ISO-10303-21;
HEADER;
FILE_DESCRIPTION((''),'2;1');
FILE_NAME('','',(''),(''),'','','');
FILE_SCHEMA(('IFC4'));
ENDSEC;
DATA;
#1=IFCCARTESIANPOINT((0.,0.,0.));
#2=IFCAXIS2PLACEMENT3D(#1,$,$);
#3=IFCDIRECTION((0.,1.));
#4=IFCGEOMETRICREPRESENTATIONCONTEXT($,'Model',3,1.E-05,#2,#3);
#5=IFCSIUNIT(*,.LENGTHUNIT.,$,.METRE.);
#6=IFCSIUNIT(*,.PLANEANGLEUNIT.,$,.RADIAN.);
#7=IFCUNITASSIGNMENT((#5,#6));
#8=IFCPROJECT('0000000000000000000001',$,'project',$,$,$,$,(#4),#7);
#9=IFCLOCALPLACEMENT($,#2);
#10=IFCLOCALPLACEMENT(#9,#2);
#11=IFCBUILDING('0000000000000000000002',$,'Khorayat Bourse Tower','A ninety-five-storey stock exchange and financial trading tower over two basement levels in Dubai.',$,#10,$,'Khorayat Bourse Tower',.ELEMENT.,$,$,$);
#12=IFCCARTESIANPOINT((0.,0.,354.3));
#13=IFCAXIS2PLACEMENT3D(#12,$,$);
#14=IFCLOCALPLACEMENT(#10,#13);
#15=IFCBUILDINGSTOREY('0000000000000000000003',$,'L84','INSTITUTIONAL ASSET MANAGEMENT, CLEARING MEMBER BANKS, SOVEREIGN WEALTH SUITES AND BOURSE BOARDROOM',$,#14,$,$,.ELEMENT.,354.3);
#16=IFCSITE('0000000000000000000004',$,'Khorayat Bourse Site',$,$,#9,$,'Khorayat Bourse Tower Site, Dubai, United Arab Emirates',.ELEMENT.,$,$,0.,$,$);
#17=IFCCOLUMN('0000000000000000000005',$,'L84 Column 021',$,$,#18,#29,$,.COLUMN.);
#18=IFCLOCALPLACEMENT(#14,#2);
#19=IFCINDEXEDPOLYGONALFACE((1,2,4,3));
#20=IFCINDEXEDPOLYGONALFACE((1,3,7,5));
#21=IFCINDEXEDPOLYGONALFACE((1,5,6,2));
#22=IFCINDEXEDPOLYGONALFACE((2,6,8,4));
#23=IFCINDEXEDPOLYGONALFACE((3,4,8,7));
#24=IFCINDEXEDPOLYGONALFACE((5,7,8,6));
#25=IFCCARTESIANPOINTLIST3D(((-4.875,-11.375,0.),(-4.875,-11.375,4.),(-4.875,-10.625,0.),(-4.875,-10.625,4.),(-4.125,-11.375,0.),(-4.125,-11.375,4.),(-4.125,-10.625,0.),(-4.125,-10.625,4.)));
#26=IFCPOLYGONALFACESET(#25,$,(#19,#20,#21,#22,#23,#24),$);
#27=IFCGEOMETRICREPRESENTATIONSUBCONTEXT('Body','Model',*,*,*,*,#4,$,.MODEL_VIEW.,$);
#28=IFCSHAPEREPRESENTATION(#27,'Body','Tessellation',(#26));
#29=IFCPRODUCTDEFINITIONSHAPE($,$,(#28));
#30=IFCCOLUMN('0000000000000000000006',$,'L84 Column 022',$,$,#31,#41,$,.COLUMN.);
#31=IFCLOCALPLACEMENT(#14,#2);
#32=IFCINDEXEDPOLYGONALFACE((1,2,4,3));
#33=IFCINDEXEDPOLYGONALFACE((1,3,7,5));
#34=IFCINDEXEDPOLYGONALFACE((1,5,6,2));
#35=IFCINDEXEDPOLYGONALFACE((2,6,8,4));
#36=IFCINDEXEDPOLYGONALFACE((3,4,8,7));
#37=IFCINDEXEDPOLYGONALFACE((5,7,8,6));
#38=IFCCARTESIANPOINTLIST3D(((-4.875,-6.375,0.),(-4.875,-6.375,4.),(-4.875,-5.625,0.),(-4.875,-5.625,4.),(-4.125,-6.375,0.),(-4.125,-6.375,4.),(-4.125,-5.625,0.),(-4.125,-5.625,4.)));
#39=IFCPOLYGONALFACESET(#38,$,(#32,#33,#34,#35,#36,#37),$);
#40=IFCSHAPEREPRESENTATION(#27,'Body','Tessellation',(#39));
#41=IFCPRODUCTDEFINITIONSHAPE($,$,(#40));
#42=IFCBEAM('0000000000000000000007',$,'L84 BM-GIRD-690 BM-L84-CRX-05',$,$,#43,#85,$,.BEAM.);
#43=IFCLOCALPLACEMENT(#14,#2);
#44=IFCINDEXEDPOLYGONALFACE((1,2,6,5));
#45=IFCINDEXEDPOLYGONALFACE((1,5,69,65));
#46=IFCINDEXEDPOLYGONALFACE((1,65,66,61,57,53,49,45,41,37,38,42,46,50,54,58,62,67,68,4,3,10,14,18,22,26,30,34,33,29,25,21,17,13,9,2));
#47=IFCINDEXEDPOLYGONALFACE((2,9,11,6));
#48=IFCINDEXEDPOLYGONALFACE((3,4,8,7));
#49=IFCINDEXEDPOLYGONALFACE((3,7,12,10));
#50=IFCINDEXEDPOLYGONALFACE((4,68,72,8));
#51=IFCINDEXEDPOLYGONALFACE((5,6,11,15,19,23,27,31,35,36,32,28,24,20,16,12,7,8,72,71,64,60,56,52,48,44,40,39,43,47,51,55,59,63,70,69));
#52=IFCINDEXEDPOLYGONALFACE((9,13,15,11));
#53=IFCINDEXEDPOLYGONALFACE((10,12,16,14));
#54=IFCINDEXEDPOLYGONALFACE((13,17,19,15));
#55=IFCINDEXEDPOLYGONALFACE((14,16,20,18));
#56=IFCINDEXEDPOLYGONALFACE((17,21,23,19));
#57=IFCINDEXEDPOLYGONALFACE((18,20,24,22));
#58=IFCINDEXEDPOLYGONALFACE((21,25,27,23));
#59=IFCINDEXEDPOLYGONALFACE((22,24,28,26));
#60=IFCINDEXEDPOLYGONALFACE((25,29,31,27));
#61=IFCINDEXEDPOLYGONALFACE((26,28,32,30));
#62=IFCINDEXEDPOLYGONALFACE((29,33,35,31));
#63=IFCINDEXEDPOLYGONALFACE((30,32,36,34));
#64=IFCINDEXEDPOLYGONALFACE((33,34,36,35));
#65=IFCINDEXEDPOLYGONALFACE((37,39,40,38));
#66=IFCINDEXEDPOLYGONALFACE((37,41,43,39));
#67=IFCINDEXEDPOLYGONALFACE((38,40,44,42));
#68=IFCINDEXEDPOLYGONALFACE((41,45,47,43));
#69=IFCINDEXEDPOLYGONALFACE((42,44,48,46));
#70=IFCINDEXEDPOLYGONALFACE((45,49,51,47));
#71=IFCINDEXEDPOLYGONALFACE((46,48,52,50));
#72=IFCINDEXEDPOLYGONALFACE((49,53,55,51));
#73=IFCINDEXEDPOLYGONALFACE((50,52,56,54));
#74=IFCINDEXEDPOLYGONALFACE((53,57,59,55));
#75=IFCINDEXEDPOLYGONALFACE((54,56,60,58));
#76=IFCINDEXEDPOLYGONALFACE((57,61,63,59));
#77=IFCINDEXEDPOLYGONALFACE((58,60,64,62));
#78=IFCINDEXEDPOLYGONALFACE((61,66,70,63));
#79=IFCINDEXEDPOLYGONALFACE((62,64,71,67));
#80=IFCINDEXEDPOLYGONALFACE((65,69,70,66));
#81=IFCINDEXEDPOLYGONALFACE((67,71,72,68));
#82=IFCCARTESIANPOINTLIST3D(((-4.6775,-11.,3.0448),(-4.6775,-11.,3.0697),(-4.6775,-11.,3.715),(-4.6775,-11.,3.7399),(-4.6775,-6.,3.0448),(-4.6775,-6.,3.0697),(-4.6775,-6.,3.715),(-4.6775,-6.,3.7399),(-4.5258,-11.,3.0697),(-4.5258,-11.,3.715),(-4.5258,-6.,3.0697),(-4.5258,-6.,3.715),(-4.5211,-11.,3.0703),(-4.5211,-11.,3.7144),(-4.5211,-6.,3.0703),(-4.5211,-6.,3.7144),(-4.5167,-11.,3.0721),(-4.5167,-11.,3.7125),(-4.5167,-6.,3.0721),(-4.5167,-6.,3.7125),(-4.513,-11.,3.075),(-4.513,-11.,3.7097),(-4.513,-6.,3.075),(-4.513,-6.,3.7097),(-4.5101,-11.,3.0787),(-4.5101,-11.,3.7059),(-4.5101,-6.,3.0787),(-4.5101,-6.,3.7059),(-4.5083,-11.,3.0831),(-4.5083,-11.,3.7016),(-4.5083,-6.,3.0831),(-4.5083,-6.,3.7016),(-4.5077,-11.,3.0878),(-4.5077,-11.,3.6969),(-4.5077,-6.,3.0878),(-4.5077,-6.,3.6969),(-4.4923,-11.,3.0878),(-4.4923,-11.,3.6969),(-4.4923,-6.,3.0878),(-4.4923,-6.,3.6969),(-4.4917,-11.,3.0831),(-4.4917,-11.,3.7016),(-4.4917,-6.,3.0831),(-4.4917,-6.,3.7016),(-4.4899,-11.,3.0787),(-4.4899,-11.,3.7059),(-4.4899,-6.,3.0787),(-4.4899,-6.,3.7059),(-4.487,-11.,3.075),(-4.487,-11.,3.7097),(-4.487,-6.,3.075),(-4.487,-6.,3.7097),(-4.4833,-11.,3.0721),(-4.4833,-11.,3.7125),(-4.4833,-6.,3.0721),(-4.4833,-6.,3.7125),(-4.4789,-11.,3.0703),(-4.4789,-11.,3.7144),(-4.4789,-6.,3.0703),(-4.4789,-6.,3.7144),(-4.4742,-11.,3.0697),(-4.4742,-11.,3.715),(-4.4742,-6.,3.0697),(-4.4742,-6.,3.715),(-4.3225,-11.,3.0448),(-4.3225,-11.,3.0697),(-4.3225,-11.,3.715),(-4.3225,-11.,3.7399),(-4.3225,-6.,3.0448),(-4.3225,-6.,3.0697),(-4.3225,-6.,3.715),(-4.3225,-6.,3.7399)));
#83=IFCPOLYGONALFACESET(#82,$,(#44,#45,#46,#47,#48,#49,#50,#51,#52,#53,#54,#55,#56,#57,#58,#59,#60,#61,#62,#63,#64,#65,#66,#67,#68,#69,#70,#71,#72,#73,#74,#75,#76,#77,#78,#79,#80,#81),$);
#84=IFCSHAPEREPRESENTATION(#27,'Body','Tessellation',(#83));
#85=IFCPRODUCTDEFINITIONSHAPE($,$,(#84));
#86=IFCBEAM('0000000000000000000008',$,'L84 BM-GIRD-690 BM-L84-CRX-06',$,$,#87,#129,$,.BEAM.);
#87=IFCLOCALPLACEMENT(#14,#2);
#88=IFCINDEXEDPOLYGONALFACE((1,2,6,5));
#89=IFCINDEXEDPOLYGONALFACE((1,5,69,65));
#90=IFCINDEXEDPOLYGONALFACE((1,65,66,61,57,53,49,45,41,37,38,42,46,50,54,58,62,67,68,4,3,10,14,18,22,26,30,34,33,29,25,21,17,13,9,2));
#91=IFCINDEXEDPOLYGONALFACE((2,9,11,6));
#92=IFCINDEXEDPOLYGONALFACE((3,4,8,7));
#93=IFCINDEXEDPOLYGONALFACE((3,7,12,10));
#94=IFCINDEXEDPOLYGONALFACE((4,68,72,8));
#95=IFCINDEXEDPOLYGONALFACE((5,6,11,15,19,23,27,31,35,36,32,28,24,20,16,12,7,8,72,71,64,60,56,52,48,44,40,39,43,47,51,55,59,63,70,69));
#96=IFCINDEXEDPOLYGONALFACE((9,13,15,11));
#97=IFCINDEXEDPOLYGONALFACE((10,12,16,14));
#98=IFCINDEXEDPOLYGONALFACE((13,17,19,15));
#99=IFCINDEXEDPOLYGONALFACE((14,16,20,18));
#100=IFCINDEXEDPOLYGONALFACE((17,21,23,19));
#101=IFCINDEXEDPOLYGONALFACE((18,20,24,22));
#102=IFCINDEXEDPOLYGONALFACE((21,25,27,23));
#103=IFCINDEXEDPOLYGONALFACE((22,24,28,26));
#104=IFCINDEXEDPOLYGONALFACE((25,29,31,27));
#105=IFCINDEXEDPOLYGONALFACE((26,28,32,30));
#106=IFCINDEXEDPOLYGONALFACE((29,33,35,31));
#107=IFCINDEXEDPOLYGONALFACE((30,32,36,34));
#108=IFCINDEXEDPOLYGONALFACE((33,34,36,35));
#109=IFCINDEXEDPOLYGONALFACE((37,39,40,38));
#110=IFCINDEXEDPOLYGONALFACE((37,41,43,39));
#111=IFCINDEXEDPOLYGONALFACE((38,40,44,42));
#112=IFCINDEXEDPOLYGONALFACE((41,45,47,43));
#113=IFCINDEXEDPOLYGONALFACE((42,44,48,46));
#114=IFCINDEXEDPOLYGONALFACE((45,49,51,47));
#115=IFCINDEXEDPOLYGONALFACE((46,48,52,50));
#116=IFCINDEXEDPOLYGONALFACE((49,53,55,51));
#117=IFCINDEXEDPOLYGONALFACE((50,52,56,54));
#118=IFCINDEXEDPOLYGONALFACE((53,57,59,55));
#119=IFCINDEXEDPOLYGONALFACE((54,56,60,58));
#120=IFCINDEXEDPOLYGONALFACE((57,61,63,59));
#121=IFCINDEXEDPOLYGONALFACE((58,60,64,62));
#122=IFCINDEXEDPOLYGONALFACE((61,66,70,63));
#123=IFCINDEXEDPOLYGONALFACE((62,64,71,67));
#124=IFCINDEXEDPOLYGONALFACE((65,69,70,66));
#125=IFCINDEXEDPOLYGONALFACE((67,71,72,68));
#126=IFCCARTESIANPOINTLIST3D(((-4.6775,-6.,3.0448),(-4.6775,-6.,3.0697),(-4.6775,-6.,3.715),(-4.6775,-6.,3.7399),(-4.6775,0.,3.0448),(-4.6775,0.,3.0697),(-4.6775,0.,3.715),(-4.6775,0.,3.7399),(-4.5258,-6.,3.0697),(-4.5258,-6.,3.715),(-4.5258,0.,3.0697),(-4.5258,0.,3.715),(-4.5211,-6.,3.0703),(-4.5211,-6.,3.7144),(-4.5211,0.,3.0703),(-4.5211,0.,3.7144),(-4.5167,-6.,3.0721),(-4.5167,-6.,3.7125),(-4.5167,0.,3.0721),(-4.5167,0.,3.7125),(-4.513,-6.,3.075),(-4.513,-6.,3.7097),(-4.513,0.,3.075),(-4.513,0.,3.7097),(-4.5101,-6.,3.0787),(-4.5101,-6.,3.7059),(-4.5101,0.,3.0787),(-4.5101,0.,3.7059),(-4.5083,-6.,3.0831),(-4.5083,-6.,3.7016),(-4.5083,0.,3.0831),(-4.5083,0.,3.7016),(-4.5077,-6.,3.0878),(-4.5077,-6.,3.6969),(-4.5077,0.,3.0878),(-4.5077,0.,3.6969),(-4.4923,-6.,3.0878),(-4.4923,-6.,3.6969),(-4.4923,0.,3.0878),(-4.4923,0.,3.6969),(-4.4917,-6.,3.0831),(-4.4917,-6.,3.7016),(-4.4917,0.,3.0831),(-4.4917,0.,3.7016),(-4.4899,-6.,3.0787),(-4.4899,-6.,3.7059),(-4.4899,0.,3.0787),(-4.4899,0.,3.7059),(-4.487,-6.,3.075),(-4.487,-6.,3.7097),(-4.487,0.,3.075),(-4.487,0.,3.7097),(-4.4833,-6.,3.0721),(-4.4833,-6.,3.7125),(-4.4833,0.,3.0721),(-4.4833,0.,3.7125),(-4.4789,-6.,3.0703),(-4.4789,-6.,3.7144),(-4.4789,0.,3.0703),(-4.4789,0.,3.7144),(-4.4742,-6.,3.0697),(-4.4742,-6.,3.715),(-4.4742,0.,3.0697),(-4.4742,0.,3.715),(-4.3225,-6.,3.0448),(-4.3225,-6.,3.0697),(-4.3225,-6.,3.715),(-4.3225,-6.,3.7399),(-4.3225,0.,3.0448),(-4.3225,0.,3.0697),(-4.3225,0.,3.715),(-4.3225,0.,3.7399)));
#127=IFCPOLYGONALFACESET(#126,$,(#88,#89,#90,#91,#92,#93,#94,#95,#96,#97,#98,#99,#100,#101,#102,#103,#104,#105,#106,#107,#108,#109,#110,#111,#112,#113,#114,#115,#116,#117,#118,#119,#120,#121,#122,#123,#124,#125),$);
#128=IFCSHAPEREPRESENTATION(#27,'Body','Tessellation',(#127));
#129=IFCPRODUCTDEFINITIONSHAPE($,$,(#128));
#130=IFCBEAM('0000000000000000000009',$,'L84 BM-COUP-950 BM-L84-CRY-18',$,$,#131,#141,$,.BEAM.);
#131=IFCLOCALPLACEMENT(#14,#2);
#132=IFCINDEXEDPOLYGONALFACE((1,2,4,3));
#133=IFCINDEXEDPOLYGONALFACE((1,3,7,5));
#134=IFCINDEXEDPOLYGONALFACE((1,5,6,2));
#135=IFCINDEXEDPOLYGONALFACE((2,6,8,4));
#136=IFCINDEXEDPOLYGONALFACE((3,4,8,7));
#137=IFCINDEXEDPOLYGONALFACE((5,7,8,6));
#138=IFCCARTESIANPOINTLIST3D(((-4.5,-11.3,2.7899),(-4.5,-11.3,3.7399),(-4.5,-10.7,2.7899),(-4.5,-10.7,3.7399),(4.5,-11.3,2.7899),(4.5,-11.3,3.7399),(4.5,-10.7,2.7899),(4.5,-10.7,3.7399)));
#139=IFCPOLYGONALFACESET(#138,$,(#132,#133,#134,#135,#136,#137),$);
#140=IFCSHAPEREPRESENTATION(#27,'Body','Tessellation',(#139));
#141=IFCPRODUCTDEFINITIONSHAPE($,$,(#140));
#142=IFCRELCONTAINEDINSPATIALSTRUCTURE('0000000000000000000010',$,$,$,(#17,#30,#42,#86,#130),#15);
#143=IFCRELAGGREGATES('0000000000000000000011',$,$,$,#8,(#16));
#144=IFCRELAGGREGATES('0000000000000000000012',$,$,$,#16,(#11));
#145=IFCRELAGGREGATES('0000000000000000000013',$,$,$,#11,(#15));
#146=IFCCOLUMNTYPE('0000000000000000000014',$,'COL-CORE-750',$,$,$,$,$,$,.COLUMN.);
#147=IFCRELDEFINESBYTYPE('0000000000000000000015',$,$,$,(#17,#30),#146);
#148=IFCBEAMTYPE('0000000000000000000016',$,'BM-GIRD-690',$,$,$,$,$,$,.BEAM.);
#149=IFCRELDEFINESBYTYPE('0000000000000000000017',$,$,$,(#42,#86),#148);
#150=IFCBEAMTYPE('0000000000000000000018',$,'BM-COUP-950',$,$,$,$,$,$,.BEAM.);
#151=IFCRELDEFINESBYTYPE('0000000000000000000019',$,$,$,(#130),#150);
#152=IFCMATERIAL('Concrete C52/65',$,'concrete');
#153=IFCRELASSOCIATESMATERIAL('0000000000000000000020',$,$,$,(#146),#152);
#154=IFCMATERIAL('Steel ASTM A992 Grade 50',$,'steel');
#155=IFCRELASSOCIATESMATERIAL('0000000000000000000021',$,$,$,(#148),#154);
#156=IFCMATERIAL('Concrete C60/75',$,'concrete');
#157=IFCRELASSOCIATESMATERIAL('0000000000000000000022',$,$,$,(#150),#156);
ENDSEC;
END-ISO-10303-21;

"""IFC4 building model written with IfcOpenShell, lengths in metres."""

from ifc_helpers import new_model, si_unit, direction, frame, origin, origin_2d, place, context, subcontext, project, spatial, rectangle, i_section, extrude, source, transform, mapped, material, material_profile, profile_set, type_object, element, save


model = new_model("IFC4")

# Units and contexts
model_context = context("Model", 3, precision=1e-05, world=origin(), true_north=direction((0.0, 1.0)))
body_context = subcontext(model_context, "Body", "Model", "MODEL_VIEW")
ifc_project = project(units=[si_unit("LENGTHUNIT", "METRE"), si_unit("PLANEANGLEUNIT", "RADIAN")], contexts=[model_context])

# Site, building, storey
site_placement = place(None, origin())
site = spatial("IfcSite", under=ifc_project, at=site_placement, Name="Khorayat Bourse Site", LongName="Khorayat Bourse Tower Site, Dubai, United Arab Emirates", CompositionType="ELEMENT", RefElevation=0.0)
building_placement = place(site_placement, origin())
building = spatial("IfcBuilding", under=site, at=building_placement, Name="Khorayat Bourse Tower", Description="A ninety-five-storey stock exchange and financial trading tower over two basement levels in Dubai.", LongName="Khorayat Bourse Tower", CompositionType="ELEMENT")
storey_placement = place(building_placement, frame((0.0, 0.0, 354.3)))
storey = spatial("IfcBuildingStorey", under=building, at=storey_placement, Name="L84", Description="INSTITUTIONAL ASSET MANAGEMENT, CLEARING MEMBER BANKS, SOVEREIGN WEALTH SUITES AND BOURSE BOARDROOM", CompositionType="ELEMENT", Elevation=354.3)

# Columns
ifc_material_1 = material(Name="Concrete C52/65", Category="concrete")
ifc_material_profile_1 = material_profile(ifc_material_1, rectangle(XDim=0.75, YDim=0.75, at=origin_2d()), Name="RC 750x750")
ifc_profile_set_1 = profile_set([ifc_material_profile_1], Name="Concrete C52/65")
column_type = type_object("IfcColumnType", Name="COL-CORE-750", PredefinedType="COLUMN", material=ifc_profile_set_1)
shared_shape_1 = source(origin(), body_context, "Body", "SweptSolid", [
    extrude(rectangle(XDim=0.75, YDim=0.75, at=origin_2d()), origin(), (0.0, 0.0, 1.0), 4.0),
])
for number, where, z_axis, x_axis, name in (
    (1, (-4.5, -11.0, 0.0), (0.0, 0.0, 1.0), (1.0, 0.0, 0.0), "L84 Column 021"),
    (2, (-4.5, -6.0, 0.0), (0.0, 0.0, 1.0), (1.0, 0.0, 0.0), "L84 Column 022"),
):
    element("IfcColumn", number, at=place(storey_placement, frame(where, z_axis=z_axis, x_axis=x_axis)), inside=storey, type_object=column_type, Name=name, PredefinedType="COLUMN", context=body_context, shape_type="MappedRepresentation", body=[
        mapped(shared_shape_1, transform((0.0, 0.0, 0.0), scale=1.0)),
    ])

# Beams
ifc_material_2 = material(Name="Steel ASTM A992 Grade 50", Category="steel")
ifc_material_profile_2 = material_profile(ifc_material_2, i_section(OverallWidth=0.355, OverallDepth=0.6951, WebThickness=0.0154, FlangeThickness=0.0249, FilletRadius=0.0181, at=origin_2d()), Name="W690X217")
ifc_profile_set_2 = profile_set([ifc_material_profile_2], Name="Steel ASTM A992 Grade 50")
beam_type_1 = type_object("IfcBeamType", Name="BM-GIRD-690", PredefinedType="BEAM", material=ifc_profile_set_2)
shared_shape_2 = source(origin(), body_context, "Body", "SweptSolid", [
    extrude(i_section(OverallWidth=0.355, OverallDepth=0.6951, WebThickness=0.0154, FlangeThickness=0.0249, FilletRadius=0.0181, at=origin_2d()), origin(), (0.0, 0.0, 1.0), 5.0),
])
beam_1_placement = place(storey_placement, frame((-4.5, -11.0, 3.3923), z_axis=(0.0, 1.0, 0.0), x_axis=(-1.0, 0.0, 0.0)))
element("IfcBeam", 3, at=beam_1_placement, inside=storey, type_object=beam_type_1, Name="L84 BM-GIRD-690 BM-L84-CRX-05", PredefinedType="BEAM", context=body_context, shape_type="MappedRepresentation", body=[
    mapped(shared_shape_2, transform((0.0, 0.0, 0.0), scale=1.0)),
])
shared_shape_3 = source(origin(), body_context, "Body", "SweptSolid", [
    extrude(i_section(OverallWidth=0.355, OverallDepth=0.6951, WebThickness=0.0154, FlangeThickness=0.0249, FilletRadius=0.0181, at=origin_2d()), origin(), (0.0, 0.0, 1.0), 6.0),
])
beam_2_placement = place(storey_placement, frame((-4.5, -6.0, 3.3923), z_axis=(0.0, 1.0, 0.0), x_axis=(-1.0, 0.0, 0.0)))
element("IfcBeam", 4, at=beam_2_placement, inside=storey, type_object=beam_type_1, Name="L84 BM-GIRD-690 BM-L84-CRX-06", PredefinedType="BEAM", context=body_context, shape_type="MappedRepresentation", body=[
    mapped(shared_shape_3, transform((0.0, 0.0, 0.0), scale=1.0)),
])
ifc_material_3 = material(Name="Concrete C60/75", Category="concrete")
ifc_material_profile_3 = material_profile(ifc_material_3, rectangle(XDim=0.6001, YDim=0.95, at=origin_2d()), Name="RC 600x950")
ifc_profile_set_3 = profile_set([ifc_material_profile_3], Name="Concrete C60/75")
beam_type_2 = type_object("IfcBeamType", Name="BM-COUP-950", PredefinedType="BEAM", material=ifc_profile_set_3)
shared_shape_4 = source(origin(), body_context, "Body", "SweptSolid", [
    extrude(rectangle(XDim=0.6001, YDim=0.95, at=origin_2d()), origin(), (0.0, 0.0, 1.0), 9.0),
])
beam_3_placement = place(storey_placement, frame((-4.5, -11.0, 3.2649), z_axis=(1.0, 0.0, 0.0), x_axis=(0.0, 1.0, 0.0)))
element("IfcBeam", 5, at=beam_3_placement, inside=storey, type_object=beam_type_2, Name="L84 BM-COUP-950 BM-L84-CRY-18", PredefinedType="BEAM", context=body_context, shape_type="MappedRepresentation", body=[
    mapped(shared_shape_4, transform((0.0, 0.0, 0.0), scale=1.0)),
])

save(model, "model.ifc")
